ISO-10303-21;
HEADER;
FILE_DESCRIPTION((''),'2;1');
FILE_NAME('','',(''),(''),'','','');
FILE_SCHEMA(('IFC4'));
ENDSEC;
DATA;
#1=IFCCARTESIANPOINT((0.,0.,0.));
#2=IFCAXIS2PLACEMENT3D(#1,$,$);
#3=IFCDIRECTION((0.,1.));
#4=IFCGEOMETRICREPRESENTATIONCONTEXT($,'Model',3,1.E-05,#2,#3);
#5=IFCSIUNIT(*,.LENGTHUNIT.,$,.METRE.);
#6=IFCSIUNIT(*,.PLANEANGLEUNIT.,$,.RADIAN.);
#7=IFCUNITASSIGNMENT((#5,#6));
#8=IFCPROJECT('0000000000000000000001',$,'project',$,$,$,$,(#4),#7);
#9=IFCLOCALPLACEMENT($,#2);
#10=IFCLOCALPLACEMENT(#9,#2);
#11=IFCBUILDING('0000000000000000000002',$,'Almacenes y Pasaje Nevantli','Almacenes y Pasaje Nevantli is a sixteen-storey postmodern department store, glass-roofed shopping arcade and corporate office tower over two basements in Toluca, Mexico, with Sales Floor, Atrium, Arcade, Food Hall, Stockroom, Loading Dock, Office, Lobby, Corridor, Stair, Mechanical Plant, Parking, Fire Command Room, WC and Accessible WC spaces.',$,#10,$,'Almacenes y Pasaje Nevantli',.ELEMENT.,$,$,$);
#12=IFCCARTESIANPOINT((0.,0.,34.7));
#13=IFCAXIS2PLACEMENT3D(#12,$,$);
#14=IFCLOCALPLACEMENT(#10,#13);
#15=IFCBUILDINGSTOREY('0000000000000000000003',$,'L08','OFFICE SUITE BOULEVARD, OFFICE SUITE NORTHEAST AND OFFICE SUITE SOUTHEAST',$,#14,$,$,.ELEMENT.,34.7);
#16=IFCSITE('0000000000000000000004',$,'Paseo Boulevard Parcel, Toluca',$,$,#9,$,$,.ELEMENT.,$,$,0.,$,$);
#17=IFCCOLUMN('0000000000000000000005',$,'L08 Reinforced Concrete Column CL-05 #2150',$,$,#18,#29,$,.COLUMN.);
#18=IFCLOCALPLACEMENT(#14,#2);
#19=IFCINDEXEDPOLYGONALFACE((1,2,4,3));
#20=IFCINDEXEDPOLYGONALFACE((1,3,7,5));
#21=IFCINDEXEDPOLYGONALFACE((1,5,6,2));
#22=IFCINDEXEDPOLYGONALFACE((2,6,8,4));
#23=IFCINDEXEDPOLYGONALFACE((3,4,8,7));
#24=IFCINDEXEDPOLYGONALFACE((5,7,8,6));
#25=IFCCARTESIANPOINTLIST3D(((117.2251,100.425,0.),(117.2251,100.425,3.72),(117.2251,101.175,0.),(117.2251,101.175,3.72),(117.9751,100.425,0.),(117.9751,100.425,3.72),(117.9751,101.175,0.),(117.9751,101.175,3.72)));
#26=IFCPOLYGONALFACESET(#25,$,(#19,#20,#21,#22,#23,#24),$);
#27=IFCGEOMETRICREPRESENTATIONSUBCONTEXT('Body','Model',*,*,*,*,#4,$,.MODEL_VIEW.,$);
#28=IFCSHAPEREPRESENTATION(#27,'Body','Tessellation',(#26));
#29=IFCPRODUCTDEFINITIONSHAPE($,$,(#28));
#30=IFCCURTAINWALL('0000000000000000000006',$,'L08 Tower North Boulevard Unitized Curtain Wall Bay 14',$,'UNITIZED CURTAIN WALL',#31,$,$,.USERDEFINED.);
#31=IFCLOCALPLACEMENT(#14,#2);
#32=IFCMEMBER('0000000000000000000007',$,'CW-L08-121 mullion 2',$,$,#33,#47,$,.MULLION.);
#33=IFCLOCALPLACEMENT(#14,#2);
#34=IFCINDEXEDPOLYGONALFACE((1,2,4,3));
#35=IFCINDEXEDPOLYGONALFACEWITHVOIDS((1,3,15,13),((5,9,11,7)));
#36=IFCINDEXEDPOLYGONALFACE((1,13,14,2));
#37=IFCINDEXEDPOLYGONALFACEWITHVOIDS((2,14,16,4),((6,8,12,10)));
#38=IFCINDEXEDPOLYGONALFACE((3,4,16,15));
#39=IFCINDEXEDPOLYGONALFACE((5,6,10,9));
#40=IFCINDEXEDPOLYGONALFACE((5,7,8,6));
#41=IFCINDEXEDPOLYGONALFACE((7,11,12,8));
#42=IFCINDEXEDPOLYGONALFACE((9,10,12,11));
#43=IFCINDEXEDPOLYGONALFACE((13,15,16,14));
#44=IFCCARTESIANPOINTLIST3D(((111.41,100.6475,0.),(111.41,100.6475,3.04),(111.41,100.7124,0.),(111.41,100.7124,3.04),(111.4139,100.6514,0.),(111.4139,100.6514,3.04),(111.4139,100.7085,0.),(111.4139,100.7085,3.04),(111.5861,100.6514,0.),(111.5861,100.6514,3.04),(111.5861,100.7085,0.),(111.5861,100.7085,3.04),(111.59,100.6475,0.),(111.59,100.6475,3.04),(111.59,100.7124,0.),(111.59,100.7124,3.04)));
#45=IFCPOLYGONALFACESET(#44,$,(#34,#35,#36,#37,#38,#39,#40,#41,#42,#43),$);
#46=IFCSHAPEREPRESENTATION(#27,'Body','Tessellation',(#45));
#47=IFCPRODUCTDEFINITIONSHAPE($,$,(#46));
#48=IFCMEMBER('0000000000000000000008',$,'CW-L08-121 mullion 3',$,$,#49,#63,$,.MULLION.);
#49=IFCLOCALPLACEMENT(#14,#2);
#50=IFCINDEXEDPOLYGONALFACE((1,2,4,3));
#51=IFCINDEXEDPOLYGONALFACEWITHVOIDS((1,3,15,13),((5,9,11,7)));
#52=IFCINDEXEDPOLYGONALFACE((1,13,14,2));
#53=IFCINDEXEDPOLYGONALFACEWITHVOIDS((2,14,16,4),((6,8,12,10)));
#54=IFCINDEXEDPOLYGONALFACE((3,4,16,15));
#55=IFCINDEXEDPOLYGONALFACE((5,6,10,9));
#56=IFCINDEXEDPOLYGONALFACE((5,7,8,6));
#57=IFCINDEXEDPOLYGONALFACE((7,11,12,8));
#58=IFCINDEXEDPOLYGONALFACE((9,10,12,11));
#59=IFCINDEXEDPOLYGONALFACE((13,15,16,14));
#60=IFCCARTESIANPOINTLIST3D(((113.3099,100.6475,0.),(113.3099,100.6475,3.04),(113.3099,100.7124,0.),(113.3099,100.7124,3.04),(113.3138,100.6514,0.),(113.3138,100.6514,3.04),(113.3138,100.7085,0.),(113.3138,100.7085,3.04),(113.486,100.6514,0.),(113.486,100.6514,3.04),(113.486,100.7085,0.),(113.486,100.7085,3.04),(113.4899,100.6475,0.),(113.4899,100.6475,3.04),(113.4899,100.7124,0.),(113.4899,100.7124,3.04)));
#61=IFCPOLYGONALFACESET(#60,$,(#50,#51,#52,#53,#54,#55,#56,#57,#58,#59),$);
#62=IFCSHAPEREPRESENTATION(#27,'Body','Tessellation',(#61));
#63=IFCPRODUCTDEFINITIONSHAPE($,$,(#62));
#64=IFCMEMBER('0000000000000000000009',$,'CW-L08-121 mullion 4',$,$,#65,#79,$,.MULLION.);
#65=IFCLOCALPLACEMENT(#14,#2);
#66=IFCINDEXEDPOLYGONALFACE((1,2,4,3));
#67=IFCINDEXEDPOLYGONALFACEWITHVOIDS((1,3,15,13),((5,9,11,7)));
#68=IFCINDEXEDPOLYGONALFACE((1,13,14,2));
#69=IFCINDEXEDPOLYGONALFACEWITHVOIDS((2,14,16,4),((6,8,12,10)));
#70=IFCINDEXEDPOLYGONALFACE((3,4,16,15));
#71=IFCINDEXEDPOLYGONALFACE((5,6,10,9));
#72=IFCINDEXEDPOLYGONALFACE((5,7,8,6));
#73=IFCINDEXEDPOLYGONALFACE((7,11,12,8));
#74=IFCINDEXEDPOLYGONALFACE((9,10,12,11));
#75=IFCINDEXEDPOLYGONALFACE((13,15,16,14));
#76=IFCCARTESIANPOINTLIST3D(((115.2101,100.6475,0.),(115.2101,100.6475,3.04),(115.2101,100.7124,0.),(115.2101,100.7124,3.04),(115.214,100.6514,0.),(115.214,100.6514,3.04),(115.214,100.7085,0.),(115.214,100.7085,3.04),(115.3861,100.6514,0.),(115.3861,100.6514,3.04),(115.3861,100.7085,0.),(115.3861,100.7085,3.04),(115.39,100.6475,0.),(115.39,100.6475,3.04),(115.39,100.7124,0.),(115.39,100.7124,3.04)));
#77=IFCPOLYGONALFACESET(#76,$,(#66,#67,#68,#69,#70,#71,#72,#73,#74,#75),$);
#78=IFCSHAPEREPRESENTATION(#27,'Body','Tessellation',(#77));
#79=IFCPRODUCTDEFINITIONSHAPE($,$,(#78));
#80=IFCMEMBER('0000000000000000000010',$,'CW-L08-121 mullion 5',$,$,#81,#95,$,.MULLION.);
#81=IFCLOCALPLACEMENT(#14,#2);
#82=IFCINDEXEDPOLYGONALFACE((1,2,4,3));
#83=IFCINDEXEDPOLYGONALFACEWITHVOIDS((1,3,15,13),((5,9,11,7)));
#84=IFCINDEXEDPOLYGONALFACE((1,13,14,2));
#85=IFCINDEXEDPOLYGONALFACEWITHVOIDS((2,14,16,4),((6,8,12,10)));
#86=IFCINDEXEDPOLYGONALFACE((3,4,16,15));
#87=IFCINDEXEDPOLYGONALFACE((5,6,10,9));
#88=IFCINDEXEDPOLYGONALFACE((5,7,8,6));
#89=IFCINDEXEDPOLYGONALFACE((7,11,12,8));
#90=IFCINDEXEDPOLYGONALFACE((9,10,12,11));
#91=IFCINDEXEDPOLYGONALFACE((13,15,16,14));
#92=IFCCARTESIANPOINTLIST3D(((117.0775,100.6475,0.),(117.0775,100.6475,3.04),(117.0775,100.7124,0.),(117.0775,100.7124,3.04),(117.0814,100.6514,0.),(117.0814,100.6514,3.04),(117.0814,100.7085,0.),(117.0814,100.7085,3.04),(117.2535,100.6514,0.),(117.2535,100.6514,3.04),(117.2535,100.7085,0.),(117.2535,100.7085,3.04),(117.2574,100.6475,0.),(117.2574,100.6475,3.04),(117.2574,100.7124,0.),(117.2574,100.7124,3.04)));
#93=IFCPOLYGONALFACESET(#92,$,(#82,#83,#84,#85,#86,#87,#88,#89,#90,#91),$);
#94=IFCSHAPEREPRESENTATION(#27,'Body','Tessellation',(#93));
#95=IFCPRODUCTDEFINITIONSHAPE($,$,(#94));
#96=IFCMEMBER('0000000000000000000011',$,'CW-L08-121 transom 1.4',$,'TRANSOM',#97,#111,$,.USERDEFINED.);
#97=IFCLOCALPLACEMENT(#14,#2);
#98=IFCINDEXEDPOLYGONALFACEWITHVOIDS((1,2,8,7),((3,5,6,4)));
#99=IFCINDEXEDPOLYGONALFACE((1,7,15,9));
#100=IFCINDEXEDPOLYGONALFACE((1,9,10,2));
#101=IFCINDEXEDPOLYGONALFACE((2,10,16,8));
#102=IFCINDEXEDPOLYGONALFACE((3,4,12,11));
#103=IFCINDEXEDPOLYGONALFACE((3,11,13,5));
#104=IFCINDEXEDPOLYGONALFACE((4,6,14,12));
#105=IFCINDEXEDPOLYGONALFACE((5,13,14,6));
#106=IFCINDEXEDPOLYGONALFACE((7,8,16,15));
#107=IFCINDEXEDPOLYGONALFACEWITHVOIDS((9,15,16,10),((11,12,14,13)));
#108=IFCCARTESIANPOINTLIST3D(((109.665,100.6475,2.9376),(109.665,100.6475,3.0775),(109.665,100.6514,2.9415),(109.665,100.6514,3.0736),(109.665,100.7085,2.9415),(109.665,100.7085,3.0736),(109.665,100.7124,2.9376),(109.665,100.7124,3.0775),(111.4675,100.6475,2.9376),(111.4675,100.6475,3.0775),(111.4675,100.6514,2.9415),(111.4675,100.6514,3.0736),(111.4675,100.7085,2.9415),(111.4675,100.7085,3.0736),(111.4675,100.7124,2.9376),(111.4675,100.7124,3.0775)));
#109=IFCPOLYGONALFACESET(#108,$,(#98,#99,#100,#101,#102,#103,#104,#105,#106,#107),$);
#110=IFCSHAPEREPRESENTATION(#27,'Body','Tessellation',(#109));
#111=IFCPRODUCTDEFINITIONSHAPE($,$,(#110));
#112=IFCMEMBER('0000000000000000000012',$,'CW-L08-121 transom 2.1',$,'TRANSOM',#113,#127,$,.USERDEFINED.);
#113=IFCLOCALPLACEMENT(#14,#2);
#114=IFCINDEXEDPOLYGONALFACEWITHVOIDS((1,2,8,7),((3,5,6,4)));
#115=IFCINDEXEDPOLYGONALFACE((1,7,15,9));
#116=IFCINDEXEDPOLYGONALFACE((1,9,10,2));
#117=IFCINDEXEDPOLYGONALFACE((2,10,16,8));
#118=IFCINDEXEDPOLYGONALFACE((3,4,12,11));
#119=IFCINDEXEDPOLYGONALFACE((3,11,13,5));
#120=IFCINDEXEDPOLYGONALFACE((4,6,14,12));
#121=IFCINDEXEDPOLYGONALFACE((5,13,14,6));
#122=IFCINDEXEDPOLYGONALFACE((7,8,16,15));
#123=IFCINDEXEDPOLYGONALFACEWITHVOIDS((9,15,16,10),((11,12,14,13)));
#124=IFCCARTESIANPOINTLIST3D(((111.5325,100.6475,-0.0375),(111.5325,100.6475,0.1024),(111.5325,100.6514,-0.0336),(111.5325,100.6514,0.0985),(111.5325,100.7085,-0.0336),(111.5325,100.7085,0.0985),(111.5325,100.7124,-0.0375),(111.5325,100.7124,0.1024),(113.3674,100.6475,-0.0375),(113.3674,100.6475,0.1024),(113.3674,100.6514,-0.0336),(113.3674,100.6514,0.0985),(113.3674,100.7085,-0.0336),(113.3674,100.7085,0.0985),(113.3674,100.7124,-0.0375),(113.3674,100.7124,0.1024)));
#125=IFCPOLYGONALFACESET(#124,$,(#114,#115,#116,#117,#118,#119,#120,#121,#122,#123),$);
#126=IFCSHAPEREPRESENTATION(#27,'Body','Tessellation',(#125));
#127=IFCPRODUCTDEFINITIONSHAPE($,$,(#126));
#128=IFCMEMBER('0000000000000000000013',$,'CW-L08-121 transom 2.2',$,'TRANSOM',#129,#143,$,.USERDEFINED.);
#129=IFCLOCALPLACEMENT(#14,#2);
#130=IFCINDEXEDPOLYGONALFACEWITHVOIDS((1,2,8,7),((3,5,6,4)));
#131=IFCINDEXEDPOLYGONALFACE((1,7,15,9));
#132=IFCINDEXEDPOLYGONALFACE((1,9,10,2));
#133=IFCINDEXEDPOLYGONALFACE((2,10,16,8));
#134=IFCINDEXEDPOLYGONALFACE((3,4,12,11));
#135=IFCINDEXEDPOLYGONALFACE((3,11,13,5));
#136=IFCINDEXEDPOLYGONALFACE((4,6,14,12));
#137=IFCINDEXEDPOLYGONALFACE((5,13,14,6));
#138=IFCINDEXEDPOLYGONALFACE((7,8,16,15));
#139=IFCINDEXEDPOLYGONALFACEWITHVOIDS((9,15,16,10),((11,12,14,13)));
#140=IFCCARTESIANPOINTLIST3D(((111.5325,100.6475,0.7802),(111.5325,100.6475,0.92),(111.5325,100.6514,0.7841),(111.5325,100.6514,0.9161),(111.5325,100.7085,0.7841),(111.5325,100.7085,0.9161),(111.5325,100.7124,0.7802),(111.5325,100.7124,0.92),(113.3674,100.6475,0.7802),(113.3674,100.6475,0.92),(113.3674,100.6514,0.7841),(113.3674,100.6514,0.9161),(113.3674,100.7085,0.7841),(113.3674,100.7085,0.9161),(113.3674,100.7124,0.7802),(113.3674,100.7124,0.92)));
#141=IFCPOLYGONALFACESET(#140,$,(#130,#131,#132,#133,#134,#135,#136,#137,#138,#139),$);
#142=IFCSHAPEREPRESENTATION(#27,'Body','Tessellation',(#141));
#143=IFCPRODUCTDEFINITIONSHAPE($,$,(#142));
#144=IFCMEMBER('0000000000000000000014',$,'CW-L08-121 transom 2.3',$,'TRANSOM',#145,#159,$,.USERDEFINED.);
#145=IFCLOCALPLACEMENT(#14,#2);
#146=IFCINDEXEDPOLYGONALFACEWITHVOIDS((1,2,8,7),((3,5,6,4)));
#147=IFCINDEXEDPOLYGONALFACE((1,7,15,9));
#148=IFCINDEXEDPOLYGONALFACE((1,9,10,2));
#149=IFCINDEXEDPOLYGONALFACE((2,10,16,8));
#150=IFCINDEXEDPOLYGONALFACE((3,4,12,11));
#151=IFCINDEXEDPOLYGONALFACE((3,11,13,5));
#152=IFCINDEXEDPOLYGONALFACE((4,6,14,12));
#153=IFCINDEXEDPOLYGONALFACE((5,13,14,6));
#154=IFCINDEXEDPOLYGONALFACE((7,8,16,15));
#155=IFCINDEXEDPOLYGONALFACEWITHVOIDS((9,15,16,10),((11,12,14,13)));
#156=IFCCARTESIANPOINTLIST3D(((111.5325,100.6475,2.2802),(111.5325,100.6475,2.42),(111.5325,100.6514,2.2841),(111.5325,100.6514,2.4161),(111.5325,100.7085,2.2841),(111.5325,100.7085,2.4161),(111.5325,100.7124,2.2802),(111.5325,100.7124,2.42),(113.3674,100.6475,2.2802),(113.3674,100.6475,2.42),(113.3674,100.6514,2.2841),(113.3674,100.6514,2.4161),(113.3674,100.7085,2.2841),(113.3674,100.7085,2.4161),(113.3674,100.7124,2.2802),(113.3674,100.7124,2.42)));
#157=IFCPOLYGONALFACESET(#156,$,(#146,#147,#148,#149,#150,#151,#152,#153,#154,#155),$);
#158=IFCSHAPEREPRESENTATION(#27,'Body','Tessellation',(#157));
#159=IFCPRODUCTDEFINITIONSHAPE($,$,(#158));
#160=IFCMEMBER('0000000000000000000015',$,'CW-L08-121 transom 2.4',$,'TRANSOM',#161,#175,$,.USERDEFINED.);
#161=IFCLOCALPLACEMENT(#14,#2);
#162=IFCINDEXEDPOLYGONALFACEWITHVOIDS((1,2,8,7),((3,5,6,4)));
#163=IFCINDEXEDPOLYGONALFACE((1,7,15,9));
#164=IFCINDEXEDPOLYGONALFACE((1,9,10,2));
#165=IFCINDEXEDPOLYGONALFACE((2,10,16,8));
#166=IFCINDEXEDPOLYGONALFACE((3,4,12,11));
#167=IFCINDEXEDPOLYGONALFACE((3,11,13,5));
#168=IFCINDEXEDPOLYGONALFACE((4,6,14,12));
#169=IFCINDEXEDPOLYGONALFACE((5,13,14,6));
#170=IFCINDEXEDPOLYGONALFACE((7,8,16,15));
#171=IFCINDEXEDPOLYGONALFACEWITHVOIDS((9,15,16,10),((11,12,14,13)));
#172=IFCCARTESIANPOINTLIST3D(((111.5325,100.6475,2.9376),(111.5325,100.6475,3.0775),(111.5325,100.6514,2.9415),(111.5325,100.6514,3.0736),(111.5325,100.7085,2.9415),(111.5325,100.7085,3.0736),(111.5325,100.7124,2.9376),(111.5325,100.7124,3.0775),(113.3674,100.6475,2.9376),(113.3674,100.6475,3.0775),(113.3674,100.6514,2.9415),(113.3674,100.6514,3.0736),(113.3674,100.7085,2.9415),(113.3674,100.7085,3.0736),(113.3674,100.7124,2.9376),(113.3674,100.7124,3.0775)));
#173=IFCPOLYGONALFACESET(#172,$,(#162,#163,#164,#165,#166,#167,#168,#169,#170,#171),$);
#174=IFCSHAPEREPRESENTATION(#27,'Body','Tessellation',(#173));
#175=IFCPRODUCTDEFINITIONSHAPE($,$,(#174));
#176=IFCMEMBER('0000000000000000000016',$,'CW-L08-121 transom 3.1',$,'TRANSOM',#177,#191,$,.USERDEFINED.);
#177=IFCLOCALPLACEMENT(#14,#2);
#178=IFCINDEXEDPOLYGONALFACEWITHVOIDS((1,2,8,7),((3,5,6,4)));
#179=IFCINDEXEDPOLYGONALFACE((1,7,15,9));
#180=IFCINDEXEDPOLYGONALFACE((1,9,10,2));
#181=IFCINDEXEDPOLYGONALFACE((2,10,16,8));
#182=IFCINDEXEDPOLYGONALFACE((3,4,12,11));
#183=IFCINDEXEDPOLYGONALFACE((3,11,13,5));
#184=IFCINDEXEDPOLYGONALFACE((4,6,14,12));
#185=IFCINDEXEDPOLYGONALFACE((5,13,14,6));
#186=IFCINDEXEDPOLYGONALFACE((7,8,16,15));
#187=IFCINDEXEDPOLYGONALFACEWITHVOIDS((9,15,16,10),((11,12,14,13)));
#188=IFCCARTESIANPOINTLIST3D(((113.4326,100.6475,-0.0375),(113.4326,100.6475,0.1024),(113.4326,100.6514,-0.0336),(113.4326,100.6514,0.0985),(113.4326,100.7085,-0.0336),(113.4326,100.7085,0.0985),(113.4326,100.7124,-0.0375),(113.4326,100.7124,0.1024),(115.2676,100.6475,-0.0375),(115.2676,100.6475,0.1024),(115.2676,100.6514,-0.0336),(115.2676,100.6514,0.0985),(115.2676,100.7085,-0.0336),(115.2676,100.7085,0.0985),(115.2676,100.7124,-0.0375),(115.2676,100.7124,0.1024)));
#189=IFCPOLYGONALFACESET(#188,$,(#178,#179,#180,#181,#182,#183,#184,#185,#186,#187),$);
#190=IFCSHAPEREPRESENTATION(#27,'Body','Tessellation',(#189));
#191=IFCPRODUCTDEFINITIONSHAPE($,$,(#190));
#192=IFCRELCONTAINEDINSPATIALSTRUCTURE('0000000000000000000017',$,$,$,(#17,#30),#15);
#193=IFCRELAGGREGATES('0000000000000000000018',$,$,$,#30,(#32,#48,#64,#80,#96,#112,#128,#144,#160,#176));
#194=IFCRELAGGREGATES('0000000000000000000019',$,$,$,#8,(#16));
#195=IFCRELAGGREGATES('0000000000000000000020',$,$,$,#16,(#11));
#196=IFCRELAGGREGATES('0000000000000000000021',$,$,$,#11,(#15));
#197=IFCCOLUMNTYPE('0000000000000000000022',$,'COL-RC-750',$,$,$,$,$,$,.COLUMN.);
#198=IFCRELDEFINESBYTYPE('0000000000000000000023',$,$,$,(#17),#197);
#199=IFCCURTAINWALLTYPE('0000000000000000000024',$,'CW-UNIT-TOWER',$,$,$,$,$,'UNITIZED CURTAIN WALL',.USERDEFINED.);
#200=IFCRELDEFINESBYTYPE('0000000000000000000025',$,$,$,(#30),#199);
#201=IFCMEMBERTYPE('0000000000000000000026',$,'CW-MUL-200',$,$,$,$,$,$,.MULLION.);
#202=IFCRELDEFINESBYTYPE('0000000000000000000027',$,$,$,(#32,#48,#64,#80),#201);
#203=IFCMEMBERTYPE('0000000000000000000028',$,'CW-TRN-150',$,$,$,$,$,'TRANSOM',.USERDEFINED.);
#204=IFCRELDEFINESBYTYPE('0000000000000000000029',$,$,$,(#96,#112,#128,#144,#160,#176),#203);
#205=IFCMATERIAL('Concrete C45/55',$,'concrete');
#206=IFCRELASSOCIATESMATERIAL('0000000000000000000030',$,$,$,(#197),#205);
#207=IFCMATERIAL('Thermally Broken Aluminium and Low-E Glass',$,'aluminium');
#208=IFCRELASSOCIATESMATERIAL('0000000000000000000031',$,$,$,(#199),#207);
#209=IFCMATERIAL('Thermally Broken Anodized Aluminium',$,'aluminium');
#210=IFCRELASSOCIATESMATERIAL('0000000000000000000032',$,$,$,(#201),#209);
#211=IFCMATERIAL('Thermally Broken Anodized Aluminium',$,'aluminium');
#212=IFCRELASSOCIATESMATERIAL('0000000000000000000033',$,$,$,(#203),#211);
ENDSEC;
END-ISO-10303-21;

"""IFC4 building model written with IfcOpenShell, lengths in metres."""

from ifc_helpers import new_model, si_unit, direction, frame, origin, origin_2d, place, context, subcontext, project, spatial, rectangle, hollow_rectangle, extrude, material, material_profile, profile_set, type_object, element, aggregate, save


model = new_model("IFC4")

# Units and contexts
model_context = context("Model", 3, precision=1e-05, world=origin(), true_north=direction((0.0, 1.0)))
body_context = subcontext(model_context, "Body", "Model", "MODEL_VIEW")
ifc_project = project(units=[si_unit("LENGTHUNIT", "METRE"), si_unit("PLANEANGLEUNIT", "RADIAN")], contexts=[model_context])

# Site, building, storey
site_placement = place(None, origin())
site = spatial("IfcSite", under=ifc_project, at=site_placement, Name="Paseo Boulevard Parcel, Toluca", CompositionType="ELEMENT", RefElevation=0.0)
building_placement = place(site_placement, origin())
building = spatial("IfcBuilding", under=site, at=building_placement, Name="Almacenes y Pasaje Nevantli", Description="Almacenes y Pasaje Nevantli is a sixteen-storey postmodern department store, glass-roofed shopping arcade and corporate office tower over two basements in Toluca, Mexico, with Sales Floor, Atrium, Arcade, Food Hall, Stockroom, Loading Dock, Office, Lobby, Corridor, Stair, Mechanical Plant, Parking, Fire Command Room, WC and Accessible WC spaces.", LongName="Almacenes y Pasaje Nevantli", CompositionType="ELEMENT")
storey_placement = place(building_placement, frame((0.0, 0.0, 34.7)))
storey = spatial("IfcBuildingStorey", under=building, at=storey_placement, Name="L08", Description="OFFICE SUITE BOULEVARD, OFFICE SUITE NORTHEAST AND OFFICE SUITE SOUTHEAST", CompositionType="ELEMENT", Elevation=34.7)

# Column
ifc_material_1 = material(Name="Concrete C45/55", Category="concrete")
ifc_material_profile_1 = material_profile(ifc_material_1, rectangle(XDim=0.75, YDim=0.75, at=origin_2d()), Name="RC-COL-750x750")
ifc_profile_set_1 = profile_set([ifc_material_profile_1], Name="Concrete C45/55")
column_type = type_object("IfcColumnType", Name="COL-RC-750", PredefinedType="COLUMN", material=ifc_profile_set_1)
column_placement = place(storey_placement, frame((117.6001, 100.8, 0.0), z_axis=(0.0, 0.0, 1.0), x_axis=(1.0, 0.0, 0.0)))
element("IfcColumn", 1, at=column_placement, inside=storey, type_object=column_type, Name="L08 Reinforced Concrete Column CL-05 #2150", PredefinedType="COLUMN", context=body_context, shape_type="SweptSolid", body=[
    extrude(rectangle(XDim=0.75, YDim=0.75, at=origin_2d()), origin(), (0.0, 0.0, 1.0), 3.72),
])

# Curtain wall, members
ifc_material_2 = material(Name="Thermally Broken Aluminium and Low-E Glass", Category="aluminium")
curtain_wall_type = type_object("IfcCurtainWallType", Name="CW-UNIT-TOWER", ElementType="UNITIZED CURTAIN WALL", PredefinedType="USERDEFINED", material=ifc_material_2)
curtain_wall_placement = place(storey_placement, origin())
curtain_wall = element("IfcCurtainWall", 2, at=curtain_wall_placement, inside=storey, type_object=curtain_wall_type, Name="L08 Tower North Boulevard Unitized Curtain Wall Bay 14", ObjectType="UNITIZED CURTAIN WALL", PredefinedType="USERDEFINED")
ifc_material_3 = material(Name="Thermally Broken Anodized Aluminium", Category="aluminium")
ifc_material_profile_2 = material_profile(ifc_material_3, hollow_rectangle(XDim=0.0649, YDim=0.1799, WallThickness=0.0039, at=origin_2d()), Name="ALU-MUL-65x180")
ifc_profile_set_2 = profile_set([ifc_material_profile_2], Name="Thermally Broken Anodized Aluminium")
member_type_1 = type_object("IfcMemberType", Name="CW-MUL-200", PredefinedType="MULLION", material=ifc_profile_set_2)
member_1_placement = place(storey_placement, frame((111.5, 100.6799, 0.0), z_axis=(0.0, 0.0, 1.0), x_axis=(0.0, 1.0, 0.0)))
member_1 = element("IfcMember", 3, at=member_1_placement, type_object=member_type_1, Name="CW-L08-121 mullion 2", PredefinedType="MULLION", context=body_context, shape_type="SweptSolid", body=[
    extrude(hollow_rectangle(XDim=0.0649, YDim=0.1799, WallThickness=0.0039, at=origin_2d()), origin(), (0.0, 0.0, 1.0), 3.04),
])
member_2_placement = place(storey_placement, frame((113.3999, 100.6799, 0.0), z_axis=(0.0, 0.0, 1.0), x_axis=(0.0, 1.0, 0.0)))
member_2 = element("IfcMember", 4, at=member_2_placement, type_object=member_type_1, Name="CW-L08-121 mullion 3", PredefinedType="MULLION", context=body_context, shape_type="SweptSolid", body=[
    extrude(hollow_rectangle(XDim=0.0649, YDim=0.1799, WallThickness=0.0039, at=origin_2d()), origin(), (0.0, 0.0, 1.0), 3.04),
])
member_3_placement = place(storey_placement, frame((115.3, 100.6799, 0.0), z_axis=(0.0, 0.0, 1.0), x_axis=(0.0, 1.0, 0.0)))
member_3 = element("IfcMember", 5, at=member_3_placement, type_object=member_type_1, Name="CW-L08-121 mullion 4", PredefinedType="MULLION", context=body_context, shape_type="SweptSolid", body=[
    extrude(hollow_rectangle(XDim=0.0649, YDim=0.1799, WallThickness=0.0039, at=origin_2d()), origin(), (0.0, 0.0, 1.0), 3.04),
])
member_4_placement = place(storey_placement, frame((117.1675, 100.6799, 0.0), z_axis=(0.0, 0.0, 1.0), x_axis=(0.0, 1.0, 0.0)))
member_4 = element("IfcMember", 6, at=member_4_placement, type_object=member_type_1, Name="CW-L08-121 mullion 5", PredefinedType="MULLION", context=body_context, shape_type="SweptSolid", body=[
    extrude(hollow_rectangle(XDim=0.0649, YDim=0.1799, WallThickness=0.0039, at=origin_2d()), origin(), (0.0, 0.0, 1.0), 3.04),
])
ifc_material_4 = material(Name="Thermally Broken Anodized Aluminium", Category="aluminium")
ifc_material_profile_3 = material_profile(ifc_material_4, hollow_rectangle(XDim=0.0649, YDim=0.1399, WallThickness=0.0039, at=origin_2d()), Name="ALU-TRN-65x140")
ifc_profile_set_3 = profile_set([ifc_material_profile_3], Name="Thermally Broken Anodized Aluminium")
member_type_2 = type_object("IfcMemberType", Name="CW-TRN-150", ElementType="TRANSOM", PredefinedType="USERDEFINED", material=ifc_profile_set_3)
member_5_placement = place(storey_placement, frame((109.665, 100.6799, 3.0076), z_axis=(1.0, 0.0, 0.0), x_axis=(0.0, 1.0, 0.0)))
member_5 = element("IfcMember", 7, at=member_5_placement, type_object=member_type_2, Name="CW-L08-121 transom 1.4", ObjectType="TRANSOM", PredefinedType="USERDEFINED", context=body_context, shape_type="SweptSolid", body=[
    extrude(hollow_rectangle(XDim=0.0649, YDim=0.1399, WallThickness=0.0039, at=origin_2d()), origin(), (0.0, 0.0, 1.0), 1.8025),
])
member_6_placement = place(storey_placement, frame((111.5325, 100.6799, 0.0325), z_axis=(1.0, 0.0, 0.0), x_axis=(0.0, 1.0, 0.0)))
member_6 = element("IfcMember", 8, at=member_6_placement, type_object=member_type_2, Name="CW-L08-121 transom 2.1", ObjectType="TRANSOM", PredefinedType="USERDEFINED", context=body_context, shape_type="SweptSolid", body=[
    extrude(hollow_rectangle(XDim=0.0649, YDim=0.1399, WallThickness=0.0039, at=origin_2d()), origin(), (0.0, 0.0, 1.0), 1.835),
])
member_7_placement = place(storey_placement, frame((111.5325, 100.6799, 0.8501), z_axis=(1.0, 0.0, 0.0), x_axis=(0.0, 1.0, 0.0)))
member_7 = element("IfcMember", 9, at=member_7_placement, type_object=member_type_2, Name="CW-L08-121 transom 2.2", ObjectType="TRANSOM", PredefinedType="USERDEFINED", context=body_context, shape_type="SweptSolid", body=[
    extrude(hollow_rectangle(XDim=0.0649, YDim=0.1399, WallThickness=0.0039, at=origin_2d()), origin(), (0.0, 0.0, 1.0), 1.835),
])
member_8_placement = place(storey_placement, frame((111.5325, 100.6799, 2.3501), z_axis=(1.0, 0.0, 0.0), x_axis=(0.0, 1.0, 0.0)))
member_8 = element("IfcMember", 10, at=member_8_placement, type_object=member_type_2, Name="CW-L08-121 transom 2.3", ObjectType="TRANSOM", PredefinedType="USERDEFINED", context=body_context, shape_type="SweptSolid", body=[
    extrude(hollow_rectangle(XDim=0.0649, YDim=0.1399, WallThickness=0.0039, at=origin_2d()), origin(), (0.0, 0.0, 1.0), 1.835),
])
member_9_placement = place(storey_placement, frame((111.5325, 100.6799, 3.0076), z_axis=(1.0, 0.0, 0.0), x_axis=(0.0, 1.0, 0.0)))
member_9 = element("IfcMember", 11, at=member_9_placement, type_object=member_type_2, Name="CW-L08-121 transom 2.4", ObjectType="TRANSOM", PredefinedType="USERDEFINED", context=body_context, shape_type="SweptSolid", body=[
    extrude(hollow_rectangle(XDim=0.0649, YDim=0.1399, WallThickness=0.0039, at=origin_2d()), origin(), (0.0, 0.0, 1.0), 1.835),
])
member_10_placement = place(storey_placement, frame((113.4326, 100.6799, 0.0325), z_axis=(1.0, 0.0, 0.0), x_axis=(0.0, 1.0, 0.0)))
member_10 = element("IfcMember", 12, at=member_10_placement, type_object=member_type_2, Name="CW-L08-121 transom 3.1", ObjectType="TRANSOM", PredefinedType="USERDEFINED", context=body_context, shape_type="SweptSolid", body=[
    extrude(hollow_rectangle(XDim=0.0649, YDim=0.1399, WallThickness=0.0039, at=origin_2d()), origin(), (0.0, 0.0, 1.0), 1.835),
])
aggregate(curtain_wall, [member_1, member_2, member_3, member_4, member_5, member_6, member_7, member_8, member_9, member_10])

save(model, "model.ifc")
